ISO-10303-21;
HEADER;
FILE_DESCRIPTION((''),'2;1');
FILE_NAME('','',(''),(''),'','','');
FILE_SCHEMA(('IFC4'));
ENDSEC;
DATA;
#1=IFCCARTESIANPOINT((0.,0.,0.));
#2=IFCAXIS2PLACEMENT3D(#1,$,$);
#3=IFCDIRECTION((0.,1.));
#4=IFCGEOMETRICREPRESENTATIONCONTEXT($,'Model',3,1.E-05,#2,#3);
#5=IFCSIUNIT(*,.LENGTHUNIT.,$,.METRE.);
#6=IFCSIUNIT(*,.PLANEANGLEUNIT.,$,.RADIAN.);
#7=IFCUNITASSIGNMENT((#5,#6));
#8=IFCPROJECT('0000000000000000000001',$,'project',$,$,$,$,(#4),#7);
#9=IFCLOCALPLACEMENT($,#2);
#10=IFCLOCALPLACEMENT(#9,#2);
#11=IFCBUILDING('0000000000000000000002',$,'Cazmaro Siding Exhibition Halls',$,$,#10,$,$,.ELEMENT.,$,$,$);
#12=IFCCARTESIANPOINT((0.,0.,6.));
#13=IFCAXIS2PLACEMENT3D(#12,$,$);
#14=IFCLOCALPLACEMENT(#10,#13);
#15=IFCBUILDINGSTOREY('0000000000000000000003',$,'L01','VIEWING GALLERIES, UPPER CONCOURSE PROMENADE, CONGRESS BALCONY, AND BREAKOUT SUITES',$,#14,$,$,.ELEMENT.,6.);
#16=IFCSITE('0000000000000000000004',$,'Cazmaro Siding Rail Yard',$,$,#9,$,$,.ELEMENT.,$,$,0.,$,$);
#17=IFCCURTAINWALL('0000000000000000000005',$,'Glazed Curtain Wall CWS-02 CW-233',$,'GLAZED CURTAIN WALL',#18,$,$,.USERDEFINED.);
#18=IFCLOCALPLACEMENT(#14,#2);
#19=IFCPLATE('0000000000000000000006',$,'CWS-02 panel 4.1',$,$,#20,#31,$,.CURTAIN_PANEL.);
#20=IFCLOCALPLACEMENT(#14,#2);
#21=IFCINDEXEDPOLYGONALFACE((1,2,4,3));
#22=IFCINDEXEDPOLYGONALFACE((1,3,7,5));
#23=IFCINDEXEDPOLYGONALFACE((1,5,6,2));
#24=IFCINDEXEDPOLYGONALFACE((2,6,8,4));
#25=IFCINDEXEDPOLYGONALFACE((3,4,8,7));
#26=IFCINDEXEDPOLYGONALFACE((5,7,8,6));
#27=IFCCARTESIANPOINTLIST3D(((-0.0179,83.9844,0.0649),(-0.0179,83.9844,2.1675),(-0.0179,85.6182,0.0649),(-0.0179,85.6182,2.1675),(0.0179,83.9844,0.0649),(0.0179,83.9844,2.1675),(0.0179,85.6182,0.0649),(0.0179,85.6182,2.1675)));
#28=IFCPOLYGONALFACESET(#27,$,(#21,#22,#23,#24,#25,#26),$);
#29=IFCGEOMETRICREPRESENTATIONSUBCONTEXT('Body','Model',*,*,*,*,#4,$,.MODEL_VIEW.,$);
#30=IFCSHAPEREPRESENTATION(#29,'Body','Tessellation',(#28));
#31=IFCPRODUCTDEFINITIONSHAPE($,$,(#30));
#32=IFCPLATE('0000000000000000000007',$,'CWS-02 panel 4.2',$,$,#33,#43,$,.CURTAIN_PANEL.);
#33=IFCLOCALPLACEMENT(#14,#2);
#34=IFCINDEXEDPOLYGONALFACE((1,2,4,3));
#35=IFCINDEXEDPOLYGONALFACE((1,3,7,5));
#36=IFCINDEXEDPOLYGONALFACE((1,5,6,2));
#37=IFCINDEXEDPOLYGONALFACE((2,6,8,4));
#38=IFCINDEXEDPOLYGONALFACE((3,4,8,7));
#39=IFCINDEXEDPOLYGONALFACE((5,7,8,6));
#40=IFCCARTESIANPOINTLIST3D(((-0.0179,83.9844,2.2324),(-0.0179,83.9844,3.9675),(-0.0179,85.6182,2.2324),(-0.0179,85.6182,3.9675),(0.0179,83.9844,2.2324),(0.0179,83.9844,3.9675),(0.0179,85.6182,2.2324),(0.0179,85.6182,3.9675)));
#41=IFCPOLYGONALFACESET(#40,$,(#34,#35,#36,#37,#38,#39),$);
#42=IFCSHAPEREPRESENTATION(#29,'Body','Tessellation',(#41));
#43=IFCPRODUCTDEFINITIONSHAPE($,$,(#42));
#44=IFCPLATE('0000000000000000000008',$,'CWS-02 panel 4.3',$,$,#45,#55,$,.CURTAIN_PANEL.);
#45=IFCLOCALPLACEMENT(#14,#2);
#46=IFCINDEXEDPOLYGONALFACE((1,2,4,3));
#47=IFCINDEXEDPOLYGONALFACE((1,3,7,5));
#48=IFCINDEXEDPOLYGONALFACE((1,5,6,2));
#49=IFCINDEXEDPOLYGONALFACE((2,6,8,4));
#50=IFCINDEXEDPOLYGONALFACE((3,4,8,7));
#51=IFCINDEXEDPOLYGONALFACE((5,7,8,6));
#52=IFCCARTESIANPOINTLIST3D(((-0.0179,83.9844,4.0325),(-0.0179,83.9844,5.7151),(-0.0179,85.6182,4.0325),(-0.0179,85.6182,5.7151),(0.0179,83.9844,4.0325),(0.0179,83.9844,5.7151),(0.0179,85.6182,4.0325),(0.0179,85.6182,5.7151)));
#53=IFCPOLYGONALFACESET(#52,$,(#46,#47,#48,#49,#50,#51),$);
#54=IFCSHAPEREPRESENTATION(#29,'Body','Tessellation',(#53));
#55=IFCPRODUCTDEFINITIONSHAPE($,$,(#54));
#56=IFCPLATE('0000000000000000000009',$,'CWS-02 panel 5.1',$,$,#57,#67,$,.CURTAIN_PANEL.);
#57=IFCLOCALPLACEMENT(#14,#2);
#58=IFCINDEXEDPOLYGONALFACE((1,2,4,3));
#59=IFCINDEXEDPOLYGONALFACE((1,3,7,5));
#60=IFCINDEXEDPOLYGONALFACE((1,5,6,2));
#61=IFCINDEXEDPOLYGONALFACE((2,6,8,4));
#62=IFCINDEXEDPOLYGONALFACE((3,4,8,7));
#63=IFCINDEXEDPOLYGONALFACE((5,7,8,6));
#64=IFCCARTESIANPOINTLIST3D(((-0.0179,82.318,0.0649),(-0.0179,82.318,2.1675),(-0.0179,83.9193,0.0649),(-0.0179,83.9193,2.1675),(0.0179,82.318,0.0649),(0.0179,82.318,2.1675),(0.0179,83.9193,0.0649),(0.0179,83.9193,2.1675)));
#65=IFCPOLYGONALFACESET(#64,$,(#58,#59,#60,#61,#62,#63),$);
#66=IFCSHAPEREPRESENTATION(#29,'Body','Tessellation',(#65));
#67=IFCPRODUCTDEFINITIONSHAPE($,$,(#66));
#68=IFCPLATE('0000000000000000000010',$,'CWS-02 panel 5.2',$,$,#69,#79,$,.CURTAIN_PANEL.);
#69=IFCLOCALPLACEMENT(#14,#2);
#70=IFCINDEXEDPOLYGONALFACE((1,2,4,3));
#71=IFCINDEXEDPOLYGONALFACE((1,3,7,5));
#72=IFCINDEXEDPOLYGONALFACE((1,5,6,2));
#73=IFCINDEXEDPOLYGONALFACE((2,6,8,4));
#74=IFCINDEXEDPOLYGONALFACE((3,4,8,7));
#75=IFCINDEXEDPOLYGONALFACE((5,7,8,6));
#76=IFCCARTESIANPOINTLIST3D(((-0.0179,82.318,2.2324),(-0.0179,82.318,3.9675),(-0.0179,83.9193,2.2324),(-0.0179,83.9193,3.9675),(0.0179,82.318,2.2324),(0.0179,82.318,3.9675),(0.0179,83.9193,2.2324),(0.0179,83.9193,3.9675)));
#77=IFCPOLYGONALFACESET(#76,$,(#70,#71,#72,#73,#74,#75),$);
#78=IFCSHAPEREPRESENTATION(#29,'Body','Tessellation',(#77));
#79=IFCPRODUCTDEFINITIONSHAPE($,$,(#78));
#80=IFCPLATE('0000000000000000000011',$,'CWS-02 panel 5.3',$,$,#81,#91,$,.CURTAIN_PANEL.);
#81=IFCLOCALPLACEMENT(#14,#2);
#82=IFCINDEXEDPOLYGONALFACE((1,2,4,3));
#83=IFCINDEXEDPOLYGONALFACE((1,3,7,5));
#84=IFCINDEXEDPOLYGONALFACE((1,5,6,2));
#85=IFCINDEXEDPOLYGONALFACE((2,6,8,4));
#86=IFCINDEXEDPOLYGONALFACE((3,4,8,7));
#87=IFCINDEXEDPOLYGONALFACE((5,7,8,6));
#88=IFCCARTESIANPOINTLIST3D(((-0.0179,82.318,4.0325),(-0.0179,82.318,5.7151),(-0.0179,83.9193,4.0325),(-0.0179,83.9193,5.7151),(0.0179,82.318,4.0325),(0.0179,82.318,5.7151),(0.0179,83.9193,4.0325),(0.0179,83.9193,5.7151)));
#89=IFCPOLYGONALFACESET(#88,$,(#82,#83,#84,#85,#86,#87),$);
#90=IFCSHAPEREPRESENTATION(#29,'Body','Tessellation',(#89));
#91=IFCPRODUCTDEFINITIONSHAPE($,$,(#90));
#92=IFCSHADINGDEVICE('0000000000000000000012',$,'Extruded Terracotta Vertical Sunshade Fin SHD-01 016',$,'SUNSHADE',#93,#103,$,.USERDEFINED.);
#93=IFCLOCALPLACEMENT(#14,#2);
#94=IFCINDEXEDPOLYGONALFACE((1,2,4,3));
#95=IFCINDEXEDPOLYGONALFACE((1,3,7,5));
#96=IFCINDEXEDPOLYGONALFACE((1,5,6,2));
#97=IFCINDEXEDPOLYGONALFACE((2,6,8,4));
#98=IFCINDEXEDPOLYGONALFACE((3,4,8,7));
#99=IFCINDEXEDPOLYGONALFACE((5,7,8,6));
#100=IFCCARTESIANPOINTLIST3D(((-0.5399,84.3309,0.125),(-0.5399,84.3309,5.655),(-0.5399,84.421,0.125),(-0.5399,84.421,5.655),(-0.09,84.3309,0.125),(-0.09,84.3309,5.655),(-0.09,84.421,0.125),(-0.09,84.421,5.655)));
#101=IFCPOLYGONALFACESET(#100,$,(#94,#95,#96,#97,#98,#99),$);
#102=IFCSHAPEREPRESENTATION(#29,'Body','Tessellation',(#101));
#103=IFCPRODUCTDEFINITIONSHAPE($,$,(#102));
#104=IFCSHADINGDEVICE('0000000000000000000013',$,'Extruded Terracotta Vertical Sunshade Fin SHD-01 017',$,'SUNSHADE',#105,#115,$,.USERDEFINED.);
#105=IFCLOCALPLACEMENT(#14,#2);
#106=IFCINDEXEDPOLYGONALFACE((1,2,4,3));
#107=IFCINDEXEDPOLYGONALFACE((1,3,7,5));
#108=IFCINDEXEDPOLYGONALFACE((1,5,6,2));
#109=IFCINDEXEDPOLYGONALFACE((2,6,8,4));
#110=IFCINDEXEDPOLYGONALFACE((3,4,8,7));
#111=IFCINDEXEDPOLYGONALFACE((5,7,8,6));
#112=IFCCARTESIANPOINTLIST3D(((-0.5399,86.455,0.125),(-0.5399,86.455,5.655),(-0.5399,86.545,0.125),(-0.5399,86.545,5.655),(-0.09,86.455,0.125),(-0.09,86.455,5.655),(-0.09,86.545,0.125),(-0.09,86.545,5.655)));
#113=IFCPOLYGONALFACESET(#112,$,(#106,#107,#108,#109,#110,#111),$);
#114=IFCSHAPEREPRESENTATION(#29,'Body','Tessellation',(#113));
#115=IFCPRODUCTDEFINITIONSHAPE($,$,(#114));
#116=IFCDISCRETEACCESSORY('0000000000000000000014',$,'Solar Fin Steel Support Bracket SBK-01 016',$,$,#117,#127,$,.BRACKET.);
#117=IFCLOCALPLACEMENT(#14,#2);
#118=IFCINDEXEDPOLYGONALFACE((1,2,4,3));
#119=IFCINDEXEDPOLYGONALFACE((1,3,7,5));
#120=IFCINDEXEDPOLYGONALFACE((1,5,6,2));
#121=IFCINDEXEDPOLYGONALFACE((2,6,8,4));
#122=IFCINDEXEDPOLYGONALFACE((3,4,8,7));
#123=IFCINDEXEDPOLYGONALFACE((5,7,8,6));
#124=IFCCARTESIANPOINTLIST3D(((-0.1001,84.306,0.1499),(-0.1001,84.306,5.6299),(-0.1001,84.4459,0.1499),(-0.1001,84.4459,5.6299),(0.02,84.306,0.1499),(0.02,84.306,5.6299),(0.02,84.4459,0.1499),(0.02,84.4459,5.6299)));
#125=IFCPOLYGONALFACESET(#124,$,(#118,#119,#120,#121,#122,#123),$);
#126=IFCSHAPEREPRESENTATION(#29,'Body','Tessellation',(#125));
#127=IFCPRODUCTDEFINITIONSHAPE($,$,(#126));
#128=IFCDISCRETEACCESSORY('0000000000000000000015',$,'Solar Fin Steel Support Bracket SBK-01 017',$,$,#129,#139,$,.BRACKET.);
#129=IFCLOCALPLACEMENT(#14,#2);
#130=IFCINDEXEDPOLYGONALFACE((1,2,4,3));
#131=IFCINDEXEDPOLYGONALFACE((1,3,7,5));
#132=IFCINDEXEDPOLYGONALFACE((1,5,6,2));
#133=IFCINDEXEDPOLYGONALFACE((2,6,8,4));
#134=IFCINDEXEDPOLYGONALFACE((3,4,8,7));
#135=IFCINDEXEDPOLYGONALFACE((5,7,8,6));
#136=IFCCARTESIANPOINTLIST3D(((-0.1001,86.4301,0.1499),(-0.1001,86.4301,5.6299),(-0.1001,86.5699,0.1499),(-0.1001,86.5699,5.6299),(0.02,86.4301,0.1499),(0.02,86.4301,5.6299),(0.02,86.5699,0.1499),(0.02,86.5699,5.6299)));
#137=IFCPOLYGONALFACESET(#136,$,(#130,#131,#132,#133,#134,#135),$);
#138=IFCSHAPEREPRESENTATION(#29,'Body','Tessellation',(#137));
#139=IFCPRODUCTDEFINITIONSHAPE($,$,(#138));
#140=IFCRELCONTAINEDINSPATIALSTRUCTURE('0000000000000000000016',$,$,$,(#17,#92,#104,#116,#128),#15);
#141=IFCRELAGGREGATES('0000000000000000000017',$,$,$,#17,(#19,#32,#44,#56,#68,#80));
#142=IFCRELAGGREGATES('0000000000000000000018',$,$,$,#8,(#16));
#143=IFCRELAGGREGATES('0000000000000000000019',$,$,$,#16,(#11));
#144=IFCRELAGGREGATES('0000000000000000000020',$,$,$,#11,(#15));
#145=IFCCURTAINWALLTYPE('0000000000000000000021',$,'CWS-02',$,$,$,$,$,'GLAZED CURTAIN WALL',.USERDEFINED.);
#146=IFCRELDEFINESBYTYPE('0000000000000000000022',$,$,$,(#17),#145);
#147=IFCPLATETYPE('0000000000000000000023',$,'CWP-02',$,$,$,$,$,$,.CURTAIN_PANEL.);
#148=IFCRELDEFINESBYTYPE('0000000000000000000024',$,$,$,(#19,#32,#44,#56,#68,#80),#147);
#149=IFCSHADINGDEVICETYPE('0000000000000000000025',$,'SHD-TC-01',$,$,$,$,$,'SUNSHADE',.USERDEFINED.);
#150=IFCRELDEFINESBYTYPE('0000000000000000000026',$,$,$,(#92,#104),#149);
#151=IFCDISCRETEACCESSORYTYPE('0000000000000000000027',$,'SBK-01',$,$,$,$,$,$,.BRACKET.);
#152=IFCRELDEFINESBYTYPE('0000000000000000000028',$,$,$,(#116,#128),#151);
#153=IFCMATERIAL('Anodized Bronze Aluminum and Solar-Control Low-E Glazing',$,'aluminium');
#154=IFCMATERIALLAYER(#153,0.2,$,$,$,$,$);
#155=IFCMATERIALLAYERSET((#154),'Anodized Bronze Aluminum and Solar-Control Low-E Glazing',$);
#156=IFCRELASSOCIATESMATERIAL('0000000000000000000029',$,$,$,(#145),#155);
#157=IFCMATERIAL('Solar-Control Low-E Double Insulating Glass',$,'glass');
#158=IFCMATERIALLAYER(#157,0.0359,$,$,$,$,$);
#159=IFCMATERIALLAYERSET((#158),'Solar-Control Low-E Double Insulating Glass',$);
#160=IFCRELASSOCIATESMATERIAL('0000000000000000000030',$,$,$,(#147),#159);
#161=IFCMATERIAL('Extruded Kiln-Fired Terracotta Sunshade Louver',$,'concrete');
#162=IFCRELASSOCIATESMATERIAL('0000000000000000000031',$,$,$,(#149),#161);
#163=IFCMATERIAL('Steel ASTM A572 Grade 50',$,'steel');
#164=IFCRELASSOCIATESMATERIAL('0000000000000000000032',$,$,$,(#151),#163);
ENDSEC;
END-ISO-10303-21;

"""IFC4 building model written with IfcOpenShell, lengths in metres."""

from ifc_helpers import new_model, si_unit, direction, frame, origin, origin_2d, place, context, subcontext, project, spatial, rectangle, extrude, material, layer, layer_set, type_object, element, aggregate, save


model = new_model("IFC4")

# Units and contexts
model_context = context("Model", 3, precision=1e-05, world=origin(), true_north=direction((0.0, 1.0)))
body_context = subcontext(model_context, "Body", "Model", "MODEL_VIEW")
ifc_project = project(units=[si_unit("LENGTHUNIT", "METRE"), si_unit("PLANEANGLEUNIT", "RADIAN")], contexts=[model_context])

# Site, building, storey
site_placement = place(None, origin())
site = spatial("IfcSite", under=ifc_project, at=site_placement, Name="Cazmaro Siding Rail Yard", CompositionType="ELEMENT", RefElevation=0.0)
building_placement = place(site_placement, origin())
building = spatial("IfcBuilding", under=site, at=building_placement, Name="Cazmaro Siding Exhibition Halls", CompositionType="ELEMENT")
storey_placement = place(building_placement, frame((0.0, 0.0, 6.0)))
storey = spatial("IfcBuildingStorey", under=building, at=storey_placement, Name="L01", Description="VIEWING GALLERIES, UPPER CONCOURSE PROMENADE, CONGRESS BALCONY, AND BREAKOUT SUITES", CompositionType="ELEMENT", Elevation=6.0)

# Curtain wall
ifc_material_1 = material(Name="Anodized Bronze Aluminum and Solar-Control Low-E Glazing", Category="aluminium")
ifc_layer_1 = layer(ifc_material_1, 0.2)
ifc_layer_set_1 = layer_set([ifc_layer_1], Name="Anodized Bronze Aluminum and Solar-Control Low-E Glazing")
curtain_wall_type = type_object("IfcCurtainWallType", Name="CWS-02", ElementType="GLAZED CURTAIN WALL", PredefinedType="USERDEFINED", material=ifc_layer_set_1)
curtain_wall_placement = place(storey_placement, origin())
curtain_wall = element("IfcCurtainWall", 1, at=curtain_wall_placement, inside=storey, type_object=curtain_wall_type, Name="Glazed Curtain Wall CWS-02 CW-233", ObjectType="GLAZED CURTAIN WALL", PredefinedType="USERDEFINED")

# Plates
ifc_material_2 = material(Name="Solar-Control Low-E Double Insulating Glass", Category="glass")
ifc_layer_2 = layer(ifc_material_2, 0.0359)
ifc_layer_set_2 = layer_set([ifc_layer_2], Name="Solar-Control Low-E Double Insulating Glass")
plate_type = type_object("IfcPlateType", Name="CWP-02", PredefinedType="CURTAIN_PANEL", material=ifc_layer_set_2)
plate_1_placement = place(storey_placement, frame((0.0, 84.8013, 0.0649), z_axis=(0.0, 0.0, 1.0), x_axis=(0.0, -1.0, 0.0)))
plate_1 = element("IfcPlate", 2, at=plate_1_placement, type_object=plate_type, Name="CWS-02 panel 4.1", PredefinedType="CURTAIN_PANEL", context=body_context, shape_type="SweptSolid", body=[
    extrude(rectangle(XDim=1.6338, YDim=0.0359, at=origin_2d()), origin(), (0.0, 0.0, 1.0), 2.1025),
])
plate_2_placement = place(storey_placement, frame((0.0, 84.8013, 2.2324), z_axis=(0.0, 0.0, 1.0), x_axis=(0.0, -1.0, 0.0)))
plate_2 = element("IfcPlate", 3, at=plate_2_placement, type_object=plate_type, Name="CWS-02 panel 4.2", PredefinedType="CURTAIN_PANEL", context=body_context, shape_type="SweptSolid", body=[
    extrude(rectangle(XDim=1.6338, YDim=0.0359, at=origin_2d()), origin(), (0.0, 0.0, 1.0), 1.7351),
])
plate_3_placement = place(storey_placement, frame((0.0, 84.8013, 4.0325), z_axis=(0.0, 0.0, 1.0), x_axis=(0.0, -1.0, 0.0)))
plate_3 = element("IfcPlate", 4, at=plate_3_placement, type_object=plate_type, Name="CWS-02 panel 4.3", PredefinedType="CURTAIN_PANEL", context=body_context, shape_type="SweptSolid", body=[
    extrude(rectangle(XDim=1.6338, YDim=0.0359, at=origin_2d()), origin(), (0.0, 0.0, 1.0), 1.6826),
])
plate_4_placement = place(storey_placement, frame((0.0, 83.1187, 0.0649), z_axis=(0.0, 0.0, 1.0), x_axis=(0.0, -1.0, 0.0)))
plate_4 = element("IfcPlate", 5, at=plate_4_placement, type_object=plate_type, Name="CWS-02 panel 5.1", PredefinedType="CURTAIN_PANEL", context=body_context, shape_type="SweptSolid", body=[
    extrude(rectangle(XDim=1.6013, YDim=0.0359, at=origin_2d()), origin(), (0.0, 0.0, 1.0), 2.1025),
])
plate_5_placement = place(storey_placement, frame((0.0, 83.1187, 2.2324), z_axis=(0.0, 0.0, 1.0), x_axis=(0.0, -1.0, 0.0)))
plate_5 = element("IfcPlate", 6, at=plate_5_placement, type_object=plate_type, Name="CWS-02 panel 5.2", PredefinedType="CURTAIN_PANEL", context=body_context, shape_type="SweptSolid", body=[
    extrude(rectangle(XDim=1.6013, YDim=0.0359, at=origin_2d()), origin(), (0.0, 0.0, 1.0), 1.7351),
])
plate_6_placement = place(storey_placement, frame((0.0, 83.1187, 4.0325), z_axis=(0.0, 0.0, 1.0), x_axis=(0.0, -1.0, 0.0)))
plate_6 = element("IfcPlate", 7, at=plate_6_placement, type_object=plate_type, Name="CWS-02 panel 5.3", PredefinedType="CURTAIN_PANEL", context=body_context, shape_type="SweptSolid", body=[
    extrude(rectangle(XDim=1.6013, YDim=0.0359, at=origin_2d()), origin(), (0.0, 0.0, 1.0), 1.6826),
])
aggregate(curtain_wall, [plate_1, plate_2, plate_3, plate_4, plate_5, plate_6])

# Shading devices
ifc_material_3 = material(Name="Extruded Kiln-Fired Terracotta Sunshade Louver", Category="concrete")
shading_device_type = type_object("IfcShadingDeviceType", Name="SHD-TC-01", ElementType="SUNSHADE", PredefinedType="USERDEFINED", material=ifc_material_3)
for number, where, z_axis, x_axis, name in (
    (8, (-0.3149, 84.376, 0.125), (0.0, 0.0, 1.0), (1.0, 0.0, 0.0), "Extruded Terracotta Vertical Sunshade Fin SHD-01 016"),
    (9, (-0.3149, 86.5, 0.125), (0.0, 0.0, 1.0), (1.0, 0.0, 0.0), "Extruded Terracotta Vertical Sunshade Fin SHD-01 017"),
):
    element("IfcShadingDevice", number, at=place(storey_placement, frame(where, z_axis=z_axis, x_axis=x_axis)), inside=storey, type_object=shading_device_type, Name=name, ObjectType="SUNSHADE", PredefinedType="USERDEFINED", context=body_context, shape_type="SweptSolid", body=[
        extrude(rectangle(XDim=0.45, YDim=0.0901, at=origin_2d()), origin(), (0.0, 0.0, 1.0), 5.53),
    ])

# Discrete accessories
ifc_material_4 = material(Name="Steel ASTM A572 Grade 50", Category="steel")
discrete_accessory_type = type_object("IfcDiscreteAccessoryType", Name="SBK-01", PredefinedType="BRACKET", material=ifc_material_4)
for number, where, z_axis, x_axis, name in (
    (10, (-0.04, 84.376, 0.1499), (0.0, 0.0, 1.0), (1.0, 0.0, 0.0), "Solar Fin Steel Support Bracket SBK-01 016"),
    (11, (-0.04, 86.5, 0.1499), (0.0, 0.0, 1.0), (1.0, 0.0, 0.0), "Solar Fin Steel Support Bracket SBK-01 017"),
):
    element("IfcDiscreteAccessory", number, at=place(storey_placement, frame(where, z_axis=z_axis, x_axis=x_axis)), inside=storey, type_object=discrete_accessory_type, Name=name, PredefinedType="BRACKET", context=body_context, shape_type="SweptSolid", body=[
        extrude(rectangle(XDim=0.1201, YDim=0.1399, at=origin_2d()), origin(), (0.0, 0.0, 1.0), 5.48),
    ])

save(model, "model.ifc")
